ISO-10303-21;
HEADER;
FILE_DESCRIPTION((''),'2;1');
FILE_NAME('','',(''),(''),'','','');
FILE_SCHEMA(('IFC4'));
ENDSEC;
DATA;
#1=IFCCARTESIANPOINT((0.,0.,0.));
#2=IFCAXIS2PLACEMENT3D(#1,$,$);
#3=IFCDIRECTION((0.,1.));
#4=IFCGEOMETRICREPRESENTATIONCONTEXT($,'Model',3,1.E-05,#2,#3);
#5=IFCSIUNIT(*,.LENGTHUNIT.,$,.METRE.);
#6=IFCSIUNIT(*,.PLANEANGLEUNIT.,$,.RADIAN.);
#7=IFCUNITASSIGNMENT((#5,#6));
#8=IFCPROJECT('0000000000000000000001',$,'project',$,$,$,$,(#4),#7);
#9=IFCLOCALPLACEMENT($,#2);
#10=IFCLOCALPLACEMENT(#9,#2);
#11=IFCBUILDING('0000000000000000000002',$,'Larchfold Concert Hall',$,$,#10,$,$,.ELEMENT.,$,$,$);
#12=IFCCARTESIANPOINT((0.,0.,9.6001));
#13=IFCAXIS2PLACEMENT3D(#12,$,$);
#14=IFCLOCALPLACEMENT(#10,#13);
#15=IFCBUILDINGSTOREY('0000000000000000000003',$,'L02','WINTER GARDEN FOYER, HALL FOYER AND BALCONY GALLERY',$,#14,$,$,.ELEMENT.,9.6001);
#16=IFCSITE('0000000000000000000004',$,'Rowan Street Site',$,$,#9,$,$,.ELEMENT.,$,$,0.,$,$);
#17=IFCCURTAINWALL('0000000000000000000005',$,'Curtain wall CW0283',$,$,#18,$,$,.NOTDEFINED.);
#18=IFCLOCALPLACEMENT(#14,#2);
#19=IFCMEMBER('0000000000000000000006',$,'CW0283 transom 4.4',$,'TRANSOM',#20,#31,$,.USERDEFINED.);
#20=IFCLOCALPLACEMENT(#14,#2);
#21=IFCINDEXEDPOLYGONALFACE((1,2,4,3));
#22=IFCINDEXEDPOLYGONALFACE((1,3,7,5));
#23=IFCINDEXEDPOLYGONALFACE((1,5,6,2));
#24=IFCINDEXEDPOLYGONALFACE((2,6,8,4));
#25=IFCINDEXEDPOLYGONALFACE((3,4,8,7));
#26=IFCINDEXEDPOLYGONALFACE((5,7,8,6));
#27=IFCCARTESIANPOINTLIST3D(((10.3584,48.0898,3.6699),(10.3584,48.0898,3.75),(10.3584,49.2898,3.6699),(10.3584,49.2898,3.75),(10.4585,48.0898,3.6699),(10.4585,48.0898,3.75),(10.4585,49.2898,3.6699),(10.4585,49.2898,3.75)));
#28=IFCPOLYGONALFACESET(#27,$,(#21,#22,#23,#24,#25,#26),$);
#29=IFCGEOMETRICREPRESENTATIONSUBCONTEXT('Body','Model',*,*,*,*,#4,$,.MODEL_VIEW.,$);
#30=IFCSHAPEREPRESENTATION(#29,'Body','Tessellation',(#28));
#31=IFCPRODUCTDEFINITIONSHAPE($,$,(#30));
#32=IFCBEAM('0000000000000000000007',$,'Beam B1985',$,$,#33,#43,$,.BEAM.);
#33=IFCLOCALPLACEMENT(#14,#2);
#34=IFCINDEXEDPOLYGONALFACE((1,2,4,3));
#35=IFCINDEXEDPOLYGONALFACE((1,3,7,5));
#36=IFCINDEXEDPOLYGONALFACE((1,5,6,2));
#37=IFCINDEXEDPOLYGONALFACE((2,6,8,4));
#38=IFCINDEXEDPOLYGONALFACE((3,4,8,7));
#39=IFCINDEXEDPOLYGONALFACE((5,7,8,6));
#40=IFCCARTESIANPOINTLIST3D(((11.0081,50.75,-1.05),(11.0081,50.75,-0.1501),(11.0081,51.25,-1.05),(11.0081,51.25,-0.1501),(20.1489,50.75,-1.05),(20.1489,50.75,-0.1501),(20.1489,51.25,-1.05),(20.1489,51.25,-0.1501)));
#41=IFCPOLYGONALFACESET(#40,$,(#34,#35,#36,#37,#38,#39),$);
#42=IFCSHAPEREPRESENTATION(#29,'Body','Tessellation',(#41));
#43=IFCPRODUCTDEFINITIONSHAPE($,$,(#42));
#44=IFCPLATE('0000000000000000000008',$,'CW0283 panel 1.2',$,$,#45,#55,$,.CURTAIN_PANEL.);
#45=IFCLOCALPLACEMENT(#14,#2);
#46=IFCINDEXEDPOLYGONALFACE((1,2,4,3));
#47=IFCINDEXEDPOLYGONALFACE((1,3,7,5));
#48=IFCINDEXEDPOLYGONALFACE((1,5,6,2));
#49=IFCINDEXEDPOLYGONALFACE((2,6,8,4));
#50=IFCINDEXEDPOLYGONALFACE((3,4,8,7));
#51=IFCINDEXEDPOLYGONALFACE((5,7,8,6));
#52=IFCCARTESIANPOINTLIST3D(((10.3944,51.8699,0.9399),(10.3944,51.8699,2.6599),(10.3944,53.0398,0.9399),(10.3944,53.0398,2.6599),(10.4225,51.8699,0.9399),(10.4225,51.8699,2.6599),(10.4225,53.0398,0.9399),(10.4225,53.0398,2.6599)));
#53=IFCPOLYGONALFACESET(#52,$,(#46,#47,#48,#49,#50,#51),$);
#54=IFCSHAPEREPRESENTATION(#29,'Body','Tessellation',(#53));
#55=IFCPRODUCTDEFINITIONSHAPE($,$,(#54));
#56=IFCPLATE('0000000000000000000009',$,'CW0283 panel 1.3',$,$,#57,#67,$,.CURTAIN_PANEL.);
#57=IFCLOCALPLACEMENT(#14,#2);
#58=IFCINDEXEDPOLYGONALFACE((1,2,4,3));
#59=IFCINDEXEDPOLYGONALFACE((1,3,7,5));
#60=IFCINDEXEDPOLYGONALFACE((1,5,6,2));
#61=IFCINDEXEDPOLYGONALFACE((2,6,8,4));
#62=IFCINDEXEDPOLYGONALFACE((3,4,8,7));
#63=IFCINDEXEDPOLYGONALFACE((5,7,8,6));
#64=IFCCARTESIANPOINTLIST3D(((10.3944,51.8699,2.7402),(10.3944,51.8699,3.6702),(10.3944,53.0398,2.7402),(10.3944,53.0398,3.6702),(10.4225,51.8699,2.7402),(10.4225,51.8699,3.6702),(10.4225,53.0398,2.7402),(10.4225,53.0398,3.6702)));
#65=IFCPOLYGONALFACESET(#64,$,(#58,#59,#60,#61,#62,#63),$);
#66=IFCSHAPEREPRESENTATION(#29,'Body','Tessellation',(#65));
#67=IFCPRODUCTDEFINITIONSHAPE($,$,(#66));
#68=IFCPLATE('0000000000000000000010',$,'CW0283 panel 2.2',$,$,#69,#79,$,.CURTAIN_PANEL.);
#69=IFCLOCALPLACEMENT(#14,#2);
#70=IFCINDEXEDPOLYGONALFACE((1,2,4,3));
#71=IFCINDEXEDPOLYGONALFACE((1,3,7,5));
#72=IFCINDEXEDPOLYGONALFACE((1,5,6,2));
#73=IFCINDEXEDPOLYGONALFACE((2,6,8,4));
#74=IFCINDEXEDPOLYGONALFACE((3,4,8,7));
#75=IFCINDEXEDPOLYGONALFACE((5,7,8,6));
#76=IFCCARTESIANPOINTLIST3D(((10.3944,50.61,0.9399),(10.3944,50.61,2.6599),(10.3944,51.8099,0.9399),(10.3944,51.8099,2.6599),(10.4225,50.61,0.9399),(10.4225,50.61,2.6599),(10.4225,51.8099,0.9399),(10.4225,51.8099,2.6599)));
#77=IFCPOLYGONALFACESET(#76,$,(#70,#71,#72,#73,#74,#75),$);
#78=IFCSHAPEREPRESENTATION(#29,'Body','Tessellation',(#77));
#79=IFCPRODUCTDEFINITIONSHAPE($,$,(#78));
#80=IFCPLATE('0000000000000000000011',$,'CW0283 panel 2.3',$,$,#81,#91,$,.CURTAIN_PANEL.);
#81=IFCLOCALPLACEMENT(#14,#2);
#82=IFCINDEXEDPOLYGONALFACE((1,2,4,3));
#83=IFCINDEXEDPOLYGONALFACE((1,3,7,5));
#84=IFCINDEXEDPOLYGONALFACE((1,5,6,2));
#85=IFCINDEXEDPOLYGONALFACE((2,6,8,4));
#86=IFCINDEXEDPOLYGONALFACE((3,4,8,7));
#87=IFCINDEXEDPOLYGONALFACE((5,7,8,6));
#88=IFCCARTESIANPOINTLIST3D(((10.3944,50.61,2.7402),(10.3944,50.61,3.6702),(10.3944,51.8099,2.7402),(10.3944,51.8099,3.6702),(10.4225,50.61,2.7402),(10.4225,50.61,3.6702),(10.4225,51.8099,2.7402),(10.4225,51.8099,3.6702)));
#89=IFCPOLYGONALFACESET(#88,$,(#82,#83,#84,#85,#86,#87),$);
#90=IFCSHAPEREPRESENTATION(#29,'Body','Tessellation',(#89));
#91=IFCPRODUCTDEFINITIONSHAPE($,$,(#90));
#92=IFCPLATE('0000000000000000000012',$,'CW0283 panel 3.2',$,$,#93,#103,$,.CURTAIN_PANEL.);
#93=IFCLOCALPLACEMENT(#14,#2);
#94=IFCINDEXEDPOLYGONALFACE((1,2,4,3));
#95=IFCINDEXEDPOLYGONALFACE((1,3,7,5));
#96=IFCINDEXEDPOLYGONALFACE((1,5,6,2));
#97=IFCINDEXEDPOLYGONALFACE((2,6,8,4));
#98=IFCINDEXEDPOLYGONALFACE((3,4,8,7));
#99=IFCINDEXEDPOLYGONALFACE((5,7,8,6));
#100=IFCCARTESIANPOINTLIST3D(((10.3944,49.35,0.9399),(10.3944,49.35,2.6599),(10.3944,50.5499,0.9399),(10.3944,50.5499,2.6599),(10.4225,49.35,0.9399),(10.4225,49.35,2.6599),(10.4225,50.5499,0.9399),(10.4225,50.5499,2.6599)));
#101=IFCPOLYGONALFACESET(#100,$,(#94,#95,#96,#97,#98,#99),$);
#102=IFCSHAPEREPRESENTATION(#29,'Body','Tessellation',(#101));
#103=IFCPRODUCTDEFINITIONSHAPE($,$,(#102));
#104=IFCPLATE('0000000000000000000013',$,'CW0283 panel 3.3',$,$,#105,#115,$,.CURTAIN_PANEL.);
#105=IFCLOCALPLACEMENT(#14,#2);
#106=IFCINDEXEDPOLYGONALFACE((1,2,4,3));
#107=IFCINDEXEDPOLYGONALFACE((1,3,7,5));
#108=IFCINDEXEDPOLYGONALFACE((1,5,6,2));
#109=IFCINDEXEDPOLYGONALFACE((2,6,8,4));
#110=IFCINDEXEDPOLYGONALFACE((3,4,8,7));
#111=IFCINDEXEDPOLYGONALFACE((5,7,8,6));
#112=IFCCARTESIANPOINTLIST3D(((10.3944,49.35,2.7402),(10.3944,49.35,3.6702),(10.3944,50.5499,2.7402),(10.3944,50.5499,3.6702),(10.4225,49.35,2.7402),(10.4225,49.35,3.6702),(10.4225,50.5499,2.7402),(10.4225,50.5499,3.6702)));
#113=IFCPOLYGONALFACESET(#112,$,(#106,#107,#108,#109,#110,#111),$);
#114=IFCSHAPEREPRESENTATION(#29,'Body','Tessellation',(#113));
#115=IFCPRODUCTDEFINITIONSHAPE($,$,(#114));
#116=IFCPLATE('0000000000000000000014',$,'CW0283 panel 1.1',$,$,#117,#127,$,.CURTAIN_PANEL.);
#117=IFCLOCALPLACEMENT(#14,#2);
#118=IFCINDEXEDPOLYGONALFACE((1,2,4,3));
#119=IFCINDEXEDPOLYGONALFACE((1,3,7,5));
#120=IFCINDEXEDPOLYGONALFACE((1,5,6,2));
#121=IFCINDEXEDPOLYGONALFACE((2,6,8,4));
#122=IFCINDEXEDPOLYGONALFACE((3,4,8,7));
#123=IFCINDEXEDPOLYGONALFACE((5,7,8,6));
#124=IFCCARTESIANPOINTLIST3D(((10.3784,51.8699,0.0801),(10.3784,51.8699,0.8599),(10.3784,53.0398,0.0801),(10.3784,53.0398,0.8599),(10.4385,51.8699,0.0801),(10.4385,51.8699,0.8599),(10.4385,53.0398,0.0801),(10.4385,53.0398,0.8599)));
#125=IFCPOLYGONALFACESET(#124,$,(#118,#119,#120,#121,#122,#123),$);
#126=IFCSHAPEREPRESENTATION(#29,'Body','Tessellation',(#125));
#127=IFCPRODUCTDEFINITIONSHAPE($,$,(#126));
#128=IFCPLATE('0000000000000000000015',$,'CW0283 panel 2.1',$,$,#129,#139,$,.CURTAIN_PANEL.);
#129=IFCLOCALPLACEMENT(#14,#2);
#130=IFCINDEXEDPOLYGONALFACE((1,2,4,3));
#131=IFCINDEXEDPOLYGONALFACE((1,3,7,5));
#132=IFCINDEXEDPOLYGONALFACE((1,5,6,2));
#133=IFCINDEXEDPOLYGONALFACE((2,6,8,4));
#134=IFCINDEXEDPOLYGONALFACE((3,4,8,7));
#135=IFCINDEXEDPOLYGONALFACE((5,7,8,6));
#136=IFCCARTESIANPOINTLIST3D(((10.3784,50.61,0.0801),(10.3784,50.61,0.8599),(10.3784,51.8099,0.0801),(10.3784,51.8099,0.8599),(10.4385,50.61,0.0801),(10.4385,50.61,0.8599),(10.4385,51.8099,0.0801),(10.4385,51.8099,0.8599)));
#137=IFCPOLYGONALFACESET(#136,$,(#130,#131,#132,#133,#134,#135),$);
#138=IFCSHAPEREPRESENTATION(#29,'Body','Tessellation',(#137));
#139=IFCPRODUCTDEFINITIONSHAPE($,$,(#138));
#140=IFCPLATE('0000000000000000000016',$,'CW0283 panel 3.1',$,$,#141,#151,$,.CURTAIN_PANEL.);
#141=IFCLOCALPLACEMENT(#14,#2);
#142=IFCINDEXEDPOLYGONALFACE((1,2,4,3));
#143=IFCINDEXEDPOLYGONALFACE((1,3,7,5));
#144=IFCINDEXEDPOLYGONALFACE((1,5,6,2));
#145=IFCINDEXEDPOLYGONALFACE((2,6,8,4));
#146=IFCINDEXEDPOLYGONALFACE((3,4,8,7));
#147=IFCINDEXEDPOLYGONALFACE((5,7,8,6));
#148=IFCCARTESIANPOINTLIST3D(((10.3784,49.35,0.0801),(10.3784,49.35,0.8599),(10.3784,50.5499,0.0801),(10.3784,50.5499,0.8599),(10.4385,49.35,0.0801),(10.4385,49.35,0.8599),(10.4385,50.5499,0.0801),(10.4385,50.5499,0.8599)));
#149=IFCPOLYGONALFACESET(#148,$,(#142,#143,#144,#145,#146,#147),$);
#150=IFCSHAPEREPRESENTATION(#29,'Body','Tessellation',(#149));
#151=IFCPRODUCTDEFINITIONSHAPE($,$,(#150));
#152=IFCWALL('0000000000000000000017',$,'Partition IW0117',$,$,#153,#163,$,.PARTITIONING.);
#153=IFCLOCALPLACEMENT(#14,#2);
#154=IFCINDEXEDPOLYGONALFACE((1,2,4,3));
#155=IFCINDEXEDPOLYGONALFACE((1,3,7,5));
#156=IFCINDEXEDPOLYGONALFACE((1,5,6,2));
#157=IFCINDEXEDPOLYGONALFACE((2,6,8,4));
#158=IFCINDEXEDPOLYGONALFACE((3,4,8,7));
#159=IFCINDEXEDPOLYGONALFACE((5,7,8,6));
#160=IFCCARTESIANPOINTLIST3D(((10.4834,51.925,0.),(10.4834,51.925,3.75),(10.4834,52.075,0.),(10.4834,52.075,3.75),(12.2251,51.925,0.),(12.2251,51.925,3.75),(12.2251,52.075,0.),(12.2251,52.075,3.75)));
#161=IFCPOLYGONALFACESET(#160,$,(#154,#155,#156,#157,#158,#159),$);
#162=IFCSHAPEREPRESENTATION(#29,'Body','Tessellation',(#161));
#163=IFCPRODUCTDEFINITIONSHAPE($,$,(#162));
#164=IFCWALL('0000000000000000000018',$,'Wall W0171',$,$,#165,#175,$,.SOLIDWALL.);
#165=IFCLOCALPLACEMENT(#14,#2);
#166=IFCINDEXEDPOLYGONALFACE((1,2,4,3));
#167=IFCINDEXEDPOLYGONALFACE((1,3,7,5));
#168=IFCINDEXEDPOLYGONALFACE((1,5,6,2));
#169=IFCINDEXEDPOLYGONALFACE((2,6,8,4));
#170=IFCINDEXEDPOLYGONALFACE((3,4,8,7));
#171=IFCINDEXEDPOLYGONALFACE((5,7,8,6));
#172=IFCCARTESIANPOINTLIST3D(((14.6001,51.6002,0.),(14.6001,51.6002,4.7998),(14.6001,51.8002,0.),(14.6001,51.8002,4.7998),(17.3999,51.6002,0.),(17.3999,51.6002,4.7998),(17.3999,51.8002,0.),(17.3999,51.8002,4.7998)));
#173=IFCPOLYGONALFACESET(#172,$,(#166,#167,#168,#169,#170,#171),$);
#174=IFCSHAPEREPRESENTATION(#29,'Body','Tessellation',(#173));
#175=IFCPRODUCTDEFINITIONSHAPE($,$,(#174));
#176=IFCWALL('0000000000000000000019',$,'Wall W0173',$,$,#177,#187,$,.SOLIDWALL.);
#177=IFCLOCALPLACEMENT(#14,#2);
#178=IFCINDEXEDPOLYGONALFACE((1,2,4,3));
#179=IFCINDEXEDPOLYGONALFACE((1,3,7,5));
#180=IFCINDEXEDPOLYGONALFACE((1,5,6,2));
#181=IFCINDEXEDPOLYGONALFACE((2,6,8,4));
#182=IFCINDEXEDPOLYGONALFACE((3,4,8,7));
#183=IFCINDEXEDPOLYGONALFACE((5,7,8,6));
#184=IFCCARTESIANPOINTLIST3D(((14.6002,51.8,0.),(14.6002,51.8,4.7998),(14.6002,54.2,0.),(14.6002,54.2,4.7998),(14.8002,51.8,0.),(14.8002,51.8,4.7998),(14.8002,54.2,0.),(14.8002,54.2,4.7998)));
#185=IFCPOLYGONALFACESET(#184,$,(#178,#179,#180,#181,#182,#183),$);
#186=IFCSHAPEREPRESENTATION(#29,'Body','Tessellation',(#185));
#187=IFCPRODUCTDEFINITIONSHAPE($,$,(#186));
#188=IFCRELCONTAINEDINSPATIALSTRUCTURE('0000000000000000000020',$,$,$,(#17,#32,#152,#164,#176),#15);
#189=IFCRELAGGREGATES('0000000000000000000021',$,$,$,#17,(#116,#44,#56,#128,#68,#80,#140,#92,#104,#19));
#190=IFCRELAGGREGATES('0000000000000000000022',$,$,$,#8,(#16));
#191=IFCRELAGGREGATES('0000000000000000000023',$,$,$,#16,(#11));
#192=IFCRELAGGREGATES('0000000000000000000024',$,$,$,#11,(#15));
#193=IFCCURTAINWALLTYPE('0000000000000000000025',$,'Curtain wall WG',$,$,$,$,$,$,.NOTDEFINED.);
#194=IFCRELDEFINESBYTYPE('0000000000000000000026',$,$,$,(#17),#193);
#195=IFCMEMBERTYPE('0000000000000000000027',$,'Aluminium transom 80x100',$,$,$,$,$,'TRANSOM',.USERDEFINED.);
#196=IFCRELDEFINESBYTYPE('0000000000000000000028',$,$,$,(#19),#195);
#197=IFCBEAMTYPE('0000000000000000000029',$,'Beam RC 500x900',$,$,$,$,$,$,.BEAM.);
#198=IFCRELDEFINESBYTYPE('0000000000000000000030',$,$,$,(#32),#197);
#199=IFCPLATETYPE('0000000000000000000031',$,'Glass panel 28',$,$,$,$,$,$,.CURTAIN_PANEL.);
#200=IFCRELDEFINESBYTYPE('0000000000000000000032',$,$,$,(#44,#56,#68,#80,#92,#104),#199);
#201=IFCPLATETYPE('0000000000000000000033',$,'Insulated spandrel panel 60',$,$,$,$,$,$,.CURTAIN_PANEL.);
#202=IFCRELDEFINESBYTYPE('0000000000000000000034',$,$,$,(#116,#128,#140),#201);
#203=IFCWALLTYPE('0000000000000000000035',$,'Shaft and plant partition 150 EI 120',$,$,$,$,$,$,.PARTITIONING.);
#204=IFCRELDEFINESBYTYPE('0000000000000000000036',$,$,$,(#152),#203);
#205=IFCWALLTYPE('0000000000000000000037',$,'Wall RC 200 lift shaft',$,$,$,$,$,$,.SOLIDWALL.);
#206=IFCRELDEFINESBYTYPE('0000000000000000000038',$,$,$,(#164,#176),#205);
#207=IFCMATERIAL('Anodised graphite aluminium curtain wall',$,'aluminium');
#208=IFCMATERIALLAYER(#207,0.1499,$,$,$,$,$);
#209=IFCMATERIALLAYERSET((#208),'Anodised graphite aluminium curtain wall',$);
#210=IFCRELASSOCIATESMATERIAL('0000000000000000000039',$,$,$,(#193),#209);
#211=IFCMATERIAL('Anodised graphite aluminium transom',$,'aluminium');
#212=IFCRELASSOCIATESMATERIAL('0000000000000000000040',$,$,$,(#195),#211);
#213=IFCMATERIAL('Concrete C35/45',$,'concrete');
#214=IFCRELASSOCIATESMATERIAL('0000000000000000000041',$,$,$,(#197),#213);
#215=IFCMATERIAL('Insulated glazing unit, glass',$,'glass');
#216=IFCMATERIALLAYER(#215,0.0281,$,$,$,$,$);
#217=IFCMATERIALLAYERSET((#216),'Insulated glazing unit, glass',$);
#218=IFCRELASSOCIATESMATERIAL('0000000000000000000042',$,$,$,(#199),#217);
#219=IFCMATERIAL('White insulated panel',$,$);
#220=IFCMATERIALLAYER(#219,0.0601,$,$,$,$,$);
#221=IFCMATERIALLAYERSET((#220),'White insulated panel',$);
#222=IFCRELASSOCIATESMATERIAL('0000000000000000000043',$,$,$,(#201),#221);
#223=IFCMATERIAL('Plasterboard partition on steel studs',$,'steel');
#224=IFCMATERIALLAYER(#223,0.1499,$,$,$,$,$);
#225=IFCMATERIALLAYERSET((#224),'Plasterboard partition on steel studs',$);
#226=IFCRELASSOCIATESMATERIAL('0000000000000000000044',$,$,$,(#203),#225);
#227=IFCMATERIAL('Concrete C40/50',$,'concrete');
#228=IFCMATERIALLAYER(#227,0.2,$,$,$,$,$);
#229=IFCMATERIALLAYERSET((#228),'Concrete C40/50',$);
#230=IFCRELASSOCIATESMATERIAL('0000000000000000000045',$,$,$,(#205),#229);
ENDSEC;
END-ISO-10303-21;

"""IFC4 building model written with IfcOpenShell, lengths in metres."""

from ifc_helpers import new_model, si_unit, direction, frame, frame_2d, origin, origin_2d, place, context, subcontext, project, spatial, rectangle, extrude, material, layer, layer_set, material_profile, profile_set, type_object, element, aggregate, save


model = new_model("IFC4")

# Units and contexts
model_context = context("Model", 3, precision=1e-05, world=origin(), true_north=direction((0.0, 1.0)))
body_context = subcontext(model_context, "Body", "Model", "MODEL_VIEW")
ifc_project = project(units=[si_unit("LENGTHUNIT", "METRE"), si_unit("PLANEANGLEUNIT", "RADIAN")], contexts=[model_context])

# Site, building, storey
site_placement = place(None, origin())
site = spatial("IfcSite", under=ifc_project, at=site_placement, Name="Rowan Street Site", CompositionType="ELEMENT", RefElevation=0.0)
building_placement = place(site_placement, origin())
building = spatial("IfcBuilding", under=site, at=building_placement, Name="Larchfold Concert Hall", CompositionType="ELEMENT")
storey_placement = place(building_placement, frame((0.0, 0.0, 9.6001)))
storey = spatial("IfcBuildingStorey", under=building, at=storey_placement, Name="L02", Description="WINTER GARDEN FOYER, HALL FOYER AND BALCONY GALLERY", CompositionType="ELEMENT", Elevation=9.6001)

# Curtain wall, member
ifc_material_1 = material(Name="Anodised graphite aluminium curtain wall", Category="aluminium")
ifc_layer_1 = layer(ifc_material_1, 0.1499)
ifc_layer_set_1 = layer_set([ifc_layer_1], Name="Anodised graphite aluminium curtain wall")
curtain_wall_type = type_object("IfcCurtainWallType", Name="Curtain wall WG", PredefinedType="NOTDEFINED", material=ifc_layer_set_1)
curtain_wall_placement = place(storey_placement, origin())
curtain_wall = element("IfcCurtainWall", 1, at=curtain_wall_placement, inside=storey, type_object=curtain_wall_type, Name="Curtain wall CW0283", PredefinedType="NOTDEFINED")
ifc_material_2 = material(Name="Anodised graphite aluminium transom", Category="aluminium")
ifc_material_profile_1 = material_profile(ifc_material_2, rectangle(XDim=0.1001, YDim=0.0801, at=origin_2d()))
ifc_profile_set_1 = profile_set([ifc_material_profile_1], Name="Anodised graphite aluminium transom")
member_type_1 = type_object("IfcMemberType", Name="Aluminium transom 80x100", ElementType="TRANSOM", PredefinedType="USERDEFINED", material=ifc_profile_set_1)
member_1_placement = place(storey_placement, frame((10.4084, 49.2898, 3.71), z_axis=(0.0, -1.0, 0.0), x_axis=(1.0, 0.0, 0.0)))
member_1 = element("IfcMember", 2, at=member_1_placement, type_object=member_type_1, Name="CW0283 transom 4.4", ObjectType="TRANSOM", PredefinedType="USERDEFINED", context=body_context, shape_type="SweptSolid", body=[
    extrude(rectangle(XDim=0.1001, YDim=0.0801, at=origin_2d()), origin(), (0.0, 0.0, 1.0), 1.2),
])

# Beam
ifc_material_3 = material(Name="Concrete C35/45", Category="concrete")
ifc_material_profile_2 = material_profile(ifc_material_3, rectangle(XDim=0.5, YDim=0.8999, at=origin_2d()))
ifc_profile_set_2 = profile_set([ifc_material_profile_2], Name="Concrete C35/45")
beam_type = type_object("IfcBeamType", Name="Beam RC 500x900", PredefinedType="BEAM", material=ifc_profile_set_2)
beam_placement = place(storey_placement, frame((11.0081, 51.0, -0.6001), z_axis=(1.0, 0.0, 0.0), x_axis=(0.0, 1.0, 0.0)))
element("IfcBeam", 3, at=beam_placement, inside=storey, type_object=beam_type, Name="Beam B1985", PredefinedType="BEAM", context=body_context, shape_type="SweptSolid", body=[
    extrude(rectangle(XDim=0.5, YDim=0.8999, at=origin_2d()), origin(), (0.0, 0.0, 1.0), 9.1409),
])

# Plates
ifc_material_4 = material(Name="Insulated glazing unit, glass", Category="glass")
ifc_layer_2 = layer(ifc_material_4, 0.0281)
ifc_layer_set_2 = layer_set([ifc_layer_2], Name="Insulated glazing unit, glass")
plate_type_1 = type_object("IfcPlateType", Name="Glass panel 28", PredefinedType="CURTAIN_PANEL", material=ifc_layer_set_2)
plate_1_placement = place(storey_placement, frame((10.4084, 52.4548, 0.9399), z_axis=(0.0, 0.0, 1.0), x_axis=(0.0, -1.0, 0.0)))
plate_1 = element("IfcPlate", 4, at=plate_1_placement, type_object=plate_type_1, Name="CW0283 panel 1.2", PredefinedType="CURTAIN_PANEL", context=body_context, shape_type="SweptSolid", body=[
    extrude(rectangle(XDim=1.1699, YDim=0.0281, at=origin_2d()), origin(), (0.0, 0.0, 1.0), 1.72),
])
plate_2_placement = place(storey_placement, frame((10.4084, 52.4548, 2.7402), z_axis=(0.0, 0.0, 1.0), x_axis=(0.0, -1.0, 0.0)))
plate_2 = element("IfcPlate", 5, at=plate_2_placement, type_object=plate_type_1, Name="CW0283 panel 1.3", PredefinedType="CURTAIN_PANEL", context=body_context, shape_type="SweptSolid", body=[
    extrude(rectangle(XDim=1.1699, YDim=0.0281, at=origin_2d()), origin(), (0.0, 0.0, 1.0), 0.9299),
])
plate_3_placement = place(storey_placement, frame((10.4084, 51.21, 0.9399), z_axis=(0.0, 0.0, 1.0), x_axis=(0.0, -1.0, 0.0)))
plate_3 = element("IfcPlate", 6, at=plate_3_placement, type_object=plate_type_1, Name="CW0283 panel 2.2", PredefinedType="CURTAIN_PANEL", context=body_context, shape_type="SweptSolid", body=[
    extrude(rectangle(XDim=1.2, YDim=0.0281, at=origin_2d()), origin(), (0.0, 0.0, 1.0), 1.72),
])
plate_4_placement = place(storey_placement, frame((10.4084, 51.21, 2.7402), z_axis=(0.0, 0.0, 1.0), x_axis=(0.0, -1.0, 0.0)))
plate_4 = element("IfcPlate", 7, at=plate_4_placement, type_object=plate_type_1, Name="CW0283 panel 2.3", PredefinedType="CURTAIN_PANEL", context=body_context, shape_type="SweptSolid", body=[
    extrude(rectangle(XDim=1.2, YDim=0.0281, at=origin_2d()), origin(), (0.0, 0.0, 1.0), 0.9299),
])
plate_5_placement = place(storey_placement, frame((10.4084, 49.95, 0.9399), z_axis=(0.0, 0.0, 1.0), x_axis=(0.0, -1.0, 0.0)))
plate_5 = element("IfcPlate", 8, at=plate_5_placement, type_object=plate_type_1, Name="CW0283 panel 3.2", PredefinedType="CURTAIN_PANEL", context=body_context, shape_type="SweptSolid", body=[
    extrude(rectangle(XDim=1.2, YDim=0.0281, at=origin_2d()), origin(), (0.0, 0.0, 1.0), 1.72),
])
plate_6_placement = place(storey_placement, frame((10.4084, 49.95, 2.7402), z_axis=(0.0, 0.0, 1.0), x_axis=(0.0, -1.0, 0.0)))
plate_6 = element("IfcPlate", 9, at=plate_6_placement, type_object=plate_type_1, Name="CW0283 panel 3.3", PredefinedType="CURTAIN_PANEL", context=body_context, shape_type="SweptSolid", body=[
    extrude(rectangle(XDim=1.2, YDim=0.0281, at=origin_2d()), origin(), (0.0, 0.0, 1.0), 0.9299),
])
ifc_material_5 = material(Name="White insulated panel")
ifc_layer_3 = layer(ifc_material_5, 0.0601)
ifc_layer_set_3 = layer_set([ifc_layer_3], Name="White insulated panel")
plate_type_2 = type_object("IfcPlateType", Name="Insulated spandrel panel 60", PredefinedType="CURTAIN_PANEL", material=ifc_layer_set_3)
plate_7_placement = place(storey_placement, frame((10.4084, 52.4548, 0.0801), z_axis=(0.0, 0.0, 1.0), x_axis=(0.0, -1.0, 0.0)))
plate_7 = element("IfcPlate", 10, at=plate_7_placement, type_object=plate_type_2, Name="CW0283 panel 1.1", PredefinedType="CURTAIN_PANEL", context=body_context, shape_type="SweptSolid", body=[
    extrude(rectangle(XDim=1.1699, YDim=0.0601, at=origin_2d()), origin(), (0.0, 0.0, 1.0), 0.7798),
])
plate_8_placement = place(storey_placement, frame((10.4084, 51.21, 0.0801), z_axis=(0.0, 0.0, 1.0), x_axis=(0.0, -1.0, 0.0)))
plate_8 = element("IfcPlate", 11, at=plate_8_placement, type_object=plate_type_2, Name="CW0283 panel 2.1", PredefinedType="CURTAIN_PANEL", context=body_context, shape_type="SweptSolid", body=[
    extrude(rectangle(XDim=1.2, YDim=0.0601, at=origin_2d()), origin(), (0.0, 0.0, 1.0), 0.7798),
])
plate_9_placement = place(storey_placement, frame((10.4084, 49.95, 0.0801), z_axis=(0.0, 0.0, 1.0), x_axis=(0.0, -1.0, 0.0)))
plate_9 = element("IfcPlate", 12, at=plate_9_placement, type_object=plate_type_2, Name="CW0283 panel 3.1", PredefinedType="CURTAIN_PANEL", context=body_context, shape_type="SweptSolid", body=[
    extrude(rectangle(XDim=1.2, YDim=0.0601, at=origin_2d()), origin(), (0.0, 0.0, 1.0), 0.7798),
])
aggregate(curtain_wall, [plate_7, plate_1, plate_2, plate_8, plate_3, plate_4, plate_9, plate_5, plate_6, member_1])

# Walls
ifc_material_6 = material(Name="Plasterboard partition on steel studs", Category="steel")
ifc_layer_4 = layer(ifc_material_6, 0.1499)
ifc_layer_set_4 = layer_set([ifc_layer_4], Name="Plasterboard partition on steel studs")
wall_type_1 = type_object("IfcWallType", Name="Shaft and plant partition 150 EI 120", PredefinedType="PARTITIONING", material=ifc_layer_set_4)
wall_1_placement = place(storey_placement, frame((12.2251, 52.0, 0.0), z_axis=(0.0, 0.0, 1.0), x_axis=(-1.0, 0.0, 0.0)))
element("IfcWall", 13, at=wall_1_placement, inside=storey, type_object=wall_type_1, Name="Partition IW0117", PredefinedType="PARTITIONING", context=body_context, shape_type="SweptSolid", body=[
    extrude(rectangle(XDim=1.7417, YDim=0.1499, at=frame_2d((0.8708, 0.0))), origin(), (0.0, 0.0, 1.0), 3.75),
])
ifc_material_7 = material(Name="Concrete C40/50", Category="concrete")
ifc_layer_5 = layer(ifc_material_7, 0.2)
ifc_layer_set_5 = layer_set([ifc_layer_5], Name="Concrete C40/50")
wall_type_2 = type_object("IfcWallType", Name="Wall RC 200 lift shaft", PredefinedType="SOLIDWALL", material=ifc_layer_set_5)
wall_2_placement = place(storey_placement, frame((14.6001, 51.7002, 0.0), z_axis=(0.0, 0.0, 1.0), x_axis=(1.0, 0.0, 0.0)))
element("IfcWall", 14, at=wall_2_placement, inside=storey, type_object=wall_type_2, Name="Wall W0171", PredefinedType="SOLIDWALL", context=body_context, shape_type="SweptSolid", body=[
    extrude(rectangle(XDim=2.7998, YDim=0.2, at=frame_2d((1.3999, 0.0))), origin(), (0.0, 0.0, 1.0), 4.7998),
])
wall_3_placement = place(storey_placement, frame((14.7002, 51.8, 0.0), z_axis=(0.0, 0.0, 1.0), x_axis=(0.0, 1.0, 0.0)))
element("IfcWall", 15, at=wall_3_placement, inside=storey, type_object=wall_type_2, Name="Wall W0173", PredefinedType="SOLIDWALL", context=body_context, shape_type="SweptSolid", body=[
    extrude(rectangle(XDim=2.3999, YDim=0.2, at=frame_2d((1.2, 0.0))), origin(), (0.0, 0.0, 1.0), 4.7998),
])

save(model, "model.ifc")
